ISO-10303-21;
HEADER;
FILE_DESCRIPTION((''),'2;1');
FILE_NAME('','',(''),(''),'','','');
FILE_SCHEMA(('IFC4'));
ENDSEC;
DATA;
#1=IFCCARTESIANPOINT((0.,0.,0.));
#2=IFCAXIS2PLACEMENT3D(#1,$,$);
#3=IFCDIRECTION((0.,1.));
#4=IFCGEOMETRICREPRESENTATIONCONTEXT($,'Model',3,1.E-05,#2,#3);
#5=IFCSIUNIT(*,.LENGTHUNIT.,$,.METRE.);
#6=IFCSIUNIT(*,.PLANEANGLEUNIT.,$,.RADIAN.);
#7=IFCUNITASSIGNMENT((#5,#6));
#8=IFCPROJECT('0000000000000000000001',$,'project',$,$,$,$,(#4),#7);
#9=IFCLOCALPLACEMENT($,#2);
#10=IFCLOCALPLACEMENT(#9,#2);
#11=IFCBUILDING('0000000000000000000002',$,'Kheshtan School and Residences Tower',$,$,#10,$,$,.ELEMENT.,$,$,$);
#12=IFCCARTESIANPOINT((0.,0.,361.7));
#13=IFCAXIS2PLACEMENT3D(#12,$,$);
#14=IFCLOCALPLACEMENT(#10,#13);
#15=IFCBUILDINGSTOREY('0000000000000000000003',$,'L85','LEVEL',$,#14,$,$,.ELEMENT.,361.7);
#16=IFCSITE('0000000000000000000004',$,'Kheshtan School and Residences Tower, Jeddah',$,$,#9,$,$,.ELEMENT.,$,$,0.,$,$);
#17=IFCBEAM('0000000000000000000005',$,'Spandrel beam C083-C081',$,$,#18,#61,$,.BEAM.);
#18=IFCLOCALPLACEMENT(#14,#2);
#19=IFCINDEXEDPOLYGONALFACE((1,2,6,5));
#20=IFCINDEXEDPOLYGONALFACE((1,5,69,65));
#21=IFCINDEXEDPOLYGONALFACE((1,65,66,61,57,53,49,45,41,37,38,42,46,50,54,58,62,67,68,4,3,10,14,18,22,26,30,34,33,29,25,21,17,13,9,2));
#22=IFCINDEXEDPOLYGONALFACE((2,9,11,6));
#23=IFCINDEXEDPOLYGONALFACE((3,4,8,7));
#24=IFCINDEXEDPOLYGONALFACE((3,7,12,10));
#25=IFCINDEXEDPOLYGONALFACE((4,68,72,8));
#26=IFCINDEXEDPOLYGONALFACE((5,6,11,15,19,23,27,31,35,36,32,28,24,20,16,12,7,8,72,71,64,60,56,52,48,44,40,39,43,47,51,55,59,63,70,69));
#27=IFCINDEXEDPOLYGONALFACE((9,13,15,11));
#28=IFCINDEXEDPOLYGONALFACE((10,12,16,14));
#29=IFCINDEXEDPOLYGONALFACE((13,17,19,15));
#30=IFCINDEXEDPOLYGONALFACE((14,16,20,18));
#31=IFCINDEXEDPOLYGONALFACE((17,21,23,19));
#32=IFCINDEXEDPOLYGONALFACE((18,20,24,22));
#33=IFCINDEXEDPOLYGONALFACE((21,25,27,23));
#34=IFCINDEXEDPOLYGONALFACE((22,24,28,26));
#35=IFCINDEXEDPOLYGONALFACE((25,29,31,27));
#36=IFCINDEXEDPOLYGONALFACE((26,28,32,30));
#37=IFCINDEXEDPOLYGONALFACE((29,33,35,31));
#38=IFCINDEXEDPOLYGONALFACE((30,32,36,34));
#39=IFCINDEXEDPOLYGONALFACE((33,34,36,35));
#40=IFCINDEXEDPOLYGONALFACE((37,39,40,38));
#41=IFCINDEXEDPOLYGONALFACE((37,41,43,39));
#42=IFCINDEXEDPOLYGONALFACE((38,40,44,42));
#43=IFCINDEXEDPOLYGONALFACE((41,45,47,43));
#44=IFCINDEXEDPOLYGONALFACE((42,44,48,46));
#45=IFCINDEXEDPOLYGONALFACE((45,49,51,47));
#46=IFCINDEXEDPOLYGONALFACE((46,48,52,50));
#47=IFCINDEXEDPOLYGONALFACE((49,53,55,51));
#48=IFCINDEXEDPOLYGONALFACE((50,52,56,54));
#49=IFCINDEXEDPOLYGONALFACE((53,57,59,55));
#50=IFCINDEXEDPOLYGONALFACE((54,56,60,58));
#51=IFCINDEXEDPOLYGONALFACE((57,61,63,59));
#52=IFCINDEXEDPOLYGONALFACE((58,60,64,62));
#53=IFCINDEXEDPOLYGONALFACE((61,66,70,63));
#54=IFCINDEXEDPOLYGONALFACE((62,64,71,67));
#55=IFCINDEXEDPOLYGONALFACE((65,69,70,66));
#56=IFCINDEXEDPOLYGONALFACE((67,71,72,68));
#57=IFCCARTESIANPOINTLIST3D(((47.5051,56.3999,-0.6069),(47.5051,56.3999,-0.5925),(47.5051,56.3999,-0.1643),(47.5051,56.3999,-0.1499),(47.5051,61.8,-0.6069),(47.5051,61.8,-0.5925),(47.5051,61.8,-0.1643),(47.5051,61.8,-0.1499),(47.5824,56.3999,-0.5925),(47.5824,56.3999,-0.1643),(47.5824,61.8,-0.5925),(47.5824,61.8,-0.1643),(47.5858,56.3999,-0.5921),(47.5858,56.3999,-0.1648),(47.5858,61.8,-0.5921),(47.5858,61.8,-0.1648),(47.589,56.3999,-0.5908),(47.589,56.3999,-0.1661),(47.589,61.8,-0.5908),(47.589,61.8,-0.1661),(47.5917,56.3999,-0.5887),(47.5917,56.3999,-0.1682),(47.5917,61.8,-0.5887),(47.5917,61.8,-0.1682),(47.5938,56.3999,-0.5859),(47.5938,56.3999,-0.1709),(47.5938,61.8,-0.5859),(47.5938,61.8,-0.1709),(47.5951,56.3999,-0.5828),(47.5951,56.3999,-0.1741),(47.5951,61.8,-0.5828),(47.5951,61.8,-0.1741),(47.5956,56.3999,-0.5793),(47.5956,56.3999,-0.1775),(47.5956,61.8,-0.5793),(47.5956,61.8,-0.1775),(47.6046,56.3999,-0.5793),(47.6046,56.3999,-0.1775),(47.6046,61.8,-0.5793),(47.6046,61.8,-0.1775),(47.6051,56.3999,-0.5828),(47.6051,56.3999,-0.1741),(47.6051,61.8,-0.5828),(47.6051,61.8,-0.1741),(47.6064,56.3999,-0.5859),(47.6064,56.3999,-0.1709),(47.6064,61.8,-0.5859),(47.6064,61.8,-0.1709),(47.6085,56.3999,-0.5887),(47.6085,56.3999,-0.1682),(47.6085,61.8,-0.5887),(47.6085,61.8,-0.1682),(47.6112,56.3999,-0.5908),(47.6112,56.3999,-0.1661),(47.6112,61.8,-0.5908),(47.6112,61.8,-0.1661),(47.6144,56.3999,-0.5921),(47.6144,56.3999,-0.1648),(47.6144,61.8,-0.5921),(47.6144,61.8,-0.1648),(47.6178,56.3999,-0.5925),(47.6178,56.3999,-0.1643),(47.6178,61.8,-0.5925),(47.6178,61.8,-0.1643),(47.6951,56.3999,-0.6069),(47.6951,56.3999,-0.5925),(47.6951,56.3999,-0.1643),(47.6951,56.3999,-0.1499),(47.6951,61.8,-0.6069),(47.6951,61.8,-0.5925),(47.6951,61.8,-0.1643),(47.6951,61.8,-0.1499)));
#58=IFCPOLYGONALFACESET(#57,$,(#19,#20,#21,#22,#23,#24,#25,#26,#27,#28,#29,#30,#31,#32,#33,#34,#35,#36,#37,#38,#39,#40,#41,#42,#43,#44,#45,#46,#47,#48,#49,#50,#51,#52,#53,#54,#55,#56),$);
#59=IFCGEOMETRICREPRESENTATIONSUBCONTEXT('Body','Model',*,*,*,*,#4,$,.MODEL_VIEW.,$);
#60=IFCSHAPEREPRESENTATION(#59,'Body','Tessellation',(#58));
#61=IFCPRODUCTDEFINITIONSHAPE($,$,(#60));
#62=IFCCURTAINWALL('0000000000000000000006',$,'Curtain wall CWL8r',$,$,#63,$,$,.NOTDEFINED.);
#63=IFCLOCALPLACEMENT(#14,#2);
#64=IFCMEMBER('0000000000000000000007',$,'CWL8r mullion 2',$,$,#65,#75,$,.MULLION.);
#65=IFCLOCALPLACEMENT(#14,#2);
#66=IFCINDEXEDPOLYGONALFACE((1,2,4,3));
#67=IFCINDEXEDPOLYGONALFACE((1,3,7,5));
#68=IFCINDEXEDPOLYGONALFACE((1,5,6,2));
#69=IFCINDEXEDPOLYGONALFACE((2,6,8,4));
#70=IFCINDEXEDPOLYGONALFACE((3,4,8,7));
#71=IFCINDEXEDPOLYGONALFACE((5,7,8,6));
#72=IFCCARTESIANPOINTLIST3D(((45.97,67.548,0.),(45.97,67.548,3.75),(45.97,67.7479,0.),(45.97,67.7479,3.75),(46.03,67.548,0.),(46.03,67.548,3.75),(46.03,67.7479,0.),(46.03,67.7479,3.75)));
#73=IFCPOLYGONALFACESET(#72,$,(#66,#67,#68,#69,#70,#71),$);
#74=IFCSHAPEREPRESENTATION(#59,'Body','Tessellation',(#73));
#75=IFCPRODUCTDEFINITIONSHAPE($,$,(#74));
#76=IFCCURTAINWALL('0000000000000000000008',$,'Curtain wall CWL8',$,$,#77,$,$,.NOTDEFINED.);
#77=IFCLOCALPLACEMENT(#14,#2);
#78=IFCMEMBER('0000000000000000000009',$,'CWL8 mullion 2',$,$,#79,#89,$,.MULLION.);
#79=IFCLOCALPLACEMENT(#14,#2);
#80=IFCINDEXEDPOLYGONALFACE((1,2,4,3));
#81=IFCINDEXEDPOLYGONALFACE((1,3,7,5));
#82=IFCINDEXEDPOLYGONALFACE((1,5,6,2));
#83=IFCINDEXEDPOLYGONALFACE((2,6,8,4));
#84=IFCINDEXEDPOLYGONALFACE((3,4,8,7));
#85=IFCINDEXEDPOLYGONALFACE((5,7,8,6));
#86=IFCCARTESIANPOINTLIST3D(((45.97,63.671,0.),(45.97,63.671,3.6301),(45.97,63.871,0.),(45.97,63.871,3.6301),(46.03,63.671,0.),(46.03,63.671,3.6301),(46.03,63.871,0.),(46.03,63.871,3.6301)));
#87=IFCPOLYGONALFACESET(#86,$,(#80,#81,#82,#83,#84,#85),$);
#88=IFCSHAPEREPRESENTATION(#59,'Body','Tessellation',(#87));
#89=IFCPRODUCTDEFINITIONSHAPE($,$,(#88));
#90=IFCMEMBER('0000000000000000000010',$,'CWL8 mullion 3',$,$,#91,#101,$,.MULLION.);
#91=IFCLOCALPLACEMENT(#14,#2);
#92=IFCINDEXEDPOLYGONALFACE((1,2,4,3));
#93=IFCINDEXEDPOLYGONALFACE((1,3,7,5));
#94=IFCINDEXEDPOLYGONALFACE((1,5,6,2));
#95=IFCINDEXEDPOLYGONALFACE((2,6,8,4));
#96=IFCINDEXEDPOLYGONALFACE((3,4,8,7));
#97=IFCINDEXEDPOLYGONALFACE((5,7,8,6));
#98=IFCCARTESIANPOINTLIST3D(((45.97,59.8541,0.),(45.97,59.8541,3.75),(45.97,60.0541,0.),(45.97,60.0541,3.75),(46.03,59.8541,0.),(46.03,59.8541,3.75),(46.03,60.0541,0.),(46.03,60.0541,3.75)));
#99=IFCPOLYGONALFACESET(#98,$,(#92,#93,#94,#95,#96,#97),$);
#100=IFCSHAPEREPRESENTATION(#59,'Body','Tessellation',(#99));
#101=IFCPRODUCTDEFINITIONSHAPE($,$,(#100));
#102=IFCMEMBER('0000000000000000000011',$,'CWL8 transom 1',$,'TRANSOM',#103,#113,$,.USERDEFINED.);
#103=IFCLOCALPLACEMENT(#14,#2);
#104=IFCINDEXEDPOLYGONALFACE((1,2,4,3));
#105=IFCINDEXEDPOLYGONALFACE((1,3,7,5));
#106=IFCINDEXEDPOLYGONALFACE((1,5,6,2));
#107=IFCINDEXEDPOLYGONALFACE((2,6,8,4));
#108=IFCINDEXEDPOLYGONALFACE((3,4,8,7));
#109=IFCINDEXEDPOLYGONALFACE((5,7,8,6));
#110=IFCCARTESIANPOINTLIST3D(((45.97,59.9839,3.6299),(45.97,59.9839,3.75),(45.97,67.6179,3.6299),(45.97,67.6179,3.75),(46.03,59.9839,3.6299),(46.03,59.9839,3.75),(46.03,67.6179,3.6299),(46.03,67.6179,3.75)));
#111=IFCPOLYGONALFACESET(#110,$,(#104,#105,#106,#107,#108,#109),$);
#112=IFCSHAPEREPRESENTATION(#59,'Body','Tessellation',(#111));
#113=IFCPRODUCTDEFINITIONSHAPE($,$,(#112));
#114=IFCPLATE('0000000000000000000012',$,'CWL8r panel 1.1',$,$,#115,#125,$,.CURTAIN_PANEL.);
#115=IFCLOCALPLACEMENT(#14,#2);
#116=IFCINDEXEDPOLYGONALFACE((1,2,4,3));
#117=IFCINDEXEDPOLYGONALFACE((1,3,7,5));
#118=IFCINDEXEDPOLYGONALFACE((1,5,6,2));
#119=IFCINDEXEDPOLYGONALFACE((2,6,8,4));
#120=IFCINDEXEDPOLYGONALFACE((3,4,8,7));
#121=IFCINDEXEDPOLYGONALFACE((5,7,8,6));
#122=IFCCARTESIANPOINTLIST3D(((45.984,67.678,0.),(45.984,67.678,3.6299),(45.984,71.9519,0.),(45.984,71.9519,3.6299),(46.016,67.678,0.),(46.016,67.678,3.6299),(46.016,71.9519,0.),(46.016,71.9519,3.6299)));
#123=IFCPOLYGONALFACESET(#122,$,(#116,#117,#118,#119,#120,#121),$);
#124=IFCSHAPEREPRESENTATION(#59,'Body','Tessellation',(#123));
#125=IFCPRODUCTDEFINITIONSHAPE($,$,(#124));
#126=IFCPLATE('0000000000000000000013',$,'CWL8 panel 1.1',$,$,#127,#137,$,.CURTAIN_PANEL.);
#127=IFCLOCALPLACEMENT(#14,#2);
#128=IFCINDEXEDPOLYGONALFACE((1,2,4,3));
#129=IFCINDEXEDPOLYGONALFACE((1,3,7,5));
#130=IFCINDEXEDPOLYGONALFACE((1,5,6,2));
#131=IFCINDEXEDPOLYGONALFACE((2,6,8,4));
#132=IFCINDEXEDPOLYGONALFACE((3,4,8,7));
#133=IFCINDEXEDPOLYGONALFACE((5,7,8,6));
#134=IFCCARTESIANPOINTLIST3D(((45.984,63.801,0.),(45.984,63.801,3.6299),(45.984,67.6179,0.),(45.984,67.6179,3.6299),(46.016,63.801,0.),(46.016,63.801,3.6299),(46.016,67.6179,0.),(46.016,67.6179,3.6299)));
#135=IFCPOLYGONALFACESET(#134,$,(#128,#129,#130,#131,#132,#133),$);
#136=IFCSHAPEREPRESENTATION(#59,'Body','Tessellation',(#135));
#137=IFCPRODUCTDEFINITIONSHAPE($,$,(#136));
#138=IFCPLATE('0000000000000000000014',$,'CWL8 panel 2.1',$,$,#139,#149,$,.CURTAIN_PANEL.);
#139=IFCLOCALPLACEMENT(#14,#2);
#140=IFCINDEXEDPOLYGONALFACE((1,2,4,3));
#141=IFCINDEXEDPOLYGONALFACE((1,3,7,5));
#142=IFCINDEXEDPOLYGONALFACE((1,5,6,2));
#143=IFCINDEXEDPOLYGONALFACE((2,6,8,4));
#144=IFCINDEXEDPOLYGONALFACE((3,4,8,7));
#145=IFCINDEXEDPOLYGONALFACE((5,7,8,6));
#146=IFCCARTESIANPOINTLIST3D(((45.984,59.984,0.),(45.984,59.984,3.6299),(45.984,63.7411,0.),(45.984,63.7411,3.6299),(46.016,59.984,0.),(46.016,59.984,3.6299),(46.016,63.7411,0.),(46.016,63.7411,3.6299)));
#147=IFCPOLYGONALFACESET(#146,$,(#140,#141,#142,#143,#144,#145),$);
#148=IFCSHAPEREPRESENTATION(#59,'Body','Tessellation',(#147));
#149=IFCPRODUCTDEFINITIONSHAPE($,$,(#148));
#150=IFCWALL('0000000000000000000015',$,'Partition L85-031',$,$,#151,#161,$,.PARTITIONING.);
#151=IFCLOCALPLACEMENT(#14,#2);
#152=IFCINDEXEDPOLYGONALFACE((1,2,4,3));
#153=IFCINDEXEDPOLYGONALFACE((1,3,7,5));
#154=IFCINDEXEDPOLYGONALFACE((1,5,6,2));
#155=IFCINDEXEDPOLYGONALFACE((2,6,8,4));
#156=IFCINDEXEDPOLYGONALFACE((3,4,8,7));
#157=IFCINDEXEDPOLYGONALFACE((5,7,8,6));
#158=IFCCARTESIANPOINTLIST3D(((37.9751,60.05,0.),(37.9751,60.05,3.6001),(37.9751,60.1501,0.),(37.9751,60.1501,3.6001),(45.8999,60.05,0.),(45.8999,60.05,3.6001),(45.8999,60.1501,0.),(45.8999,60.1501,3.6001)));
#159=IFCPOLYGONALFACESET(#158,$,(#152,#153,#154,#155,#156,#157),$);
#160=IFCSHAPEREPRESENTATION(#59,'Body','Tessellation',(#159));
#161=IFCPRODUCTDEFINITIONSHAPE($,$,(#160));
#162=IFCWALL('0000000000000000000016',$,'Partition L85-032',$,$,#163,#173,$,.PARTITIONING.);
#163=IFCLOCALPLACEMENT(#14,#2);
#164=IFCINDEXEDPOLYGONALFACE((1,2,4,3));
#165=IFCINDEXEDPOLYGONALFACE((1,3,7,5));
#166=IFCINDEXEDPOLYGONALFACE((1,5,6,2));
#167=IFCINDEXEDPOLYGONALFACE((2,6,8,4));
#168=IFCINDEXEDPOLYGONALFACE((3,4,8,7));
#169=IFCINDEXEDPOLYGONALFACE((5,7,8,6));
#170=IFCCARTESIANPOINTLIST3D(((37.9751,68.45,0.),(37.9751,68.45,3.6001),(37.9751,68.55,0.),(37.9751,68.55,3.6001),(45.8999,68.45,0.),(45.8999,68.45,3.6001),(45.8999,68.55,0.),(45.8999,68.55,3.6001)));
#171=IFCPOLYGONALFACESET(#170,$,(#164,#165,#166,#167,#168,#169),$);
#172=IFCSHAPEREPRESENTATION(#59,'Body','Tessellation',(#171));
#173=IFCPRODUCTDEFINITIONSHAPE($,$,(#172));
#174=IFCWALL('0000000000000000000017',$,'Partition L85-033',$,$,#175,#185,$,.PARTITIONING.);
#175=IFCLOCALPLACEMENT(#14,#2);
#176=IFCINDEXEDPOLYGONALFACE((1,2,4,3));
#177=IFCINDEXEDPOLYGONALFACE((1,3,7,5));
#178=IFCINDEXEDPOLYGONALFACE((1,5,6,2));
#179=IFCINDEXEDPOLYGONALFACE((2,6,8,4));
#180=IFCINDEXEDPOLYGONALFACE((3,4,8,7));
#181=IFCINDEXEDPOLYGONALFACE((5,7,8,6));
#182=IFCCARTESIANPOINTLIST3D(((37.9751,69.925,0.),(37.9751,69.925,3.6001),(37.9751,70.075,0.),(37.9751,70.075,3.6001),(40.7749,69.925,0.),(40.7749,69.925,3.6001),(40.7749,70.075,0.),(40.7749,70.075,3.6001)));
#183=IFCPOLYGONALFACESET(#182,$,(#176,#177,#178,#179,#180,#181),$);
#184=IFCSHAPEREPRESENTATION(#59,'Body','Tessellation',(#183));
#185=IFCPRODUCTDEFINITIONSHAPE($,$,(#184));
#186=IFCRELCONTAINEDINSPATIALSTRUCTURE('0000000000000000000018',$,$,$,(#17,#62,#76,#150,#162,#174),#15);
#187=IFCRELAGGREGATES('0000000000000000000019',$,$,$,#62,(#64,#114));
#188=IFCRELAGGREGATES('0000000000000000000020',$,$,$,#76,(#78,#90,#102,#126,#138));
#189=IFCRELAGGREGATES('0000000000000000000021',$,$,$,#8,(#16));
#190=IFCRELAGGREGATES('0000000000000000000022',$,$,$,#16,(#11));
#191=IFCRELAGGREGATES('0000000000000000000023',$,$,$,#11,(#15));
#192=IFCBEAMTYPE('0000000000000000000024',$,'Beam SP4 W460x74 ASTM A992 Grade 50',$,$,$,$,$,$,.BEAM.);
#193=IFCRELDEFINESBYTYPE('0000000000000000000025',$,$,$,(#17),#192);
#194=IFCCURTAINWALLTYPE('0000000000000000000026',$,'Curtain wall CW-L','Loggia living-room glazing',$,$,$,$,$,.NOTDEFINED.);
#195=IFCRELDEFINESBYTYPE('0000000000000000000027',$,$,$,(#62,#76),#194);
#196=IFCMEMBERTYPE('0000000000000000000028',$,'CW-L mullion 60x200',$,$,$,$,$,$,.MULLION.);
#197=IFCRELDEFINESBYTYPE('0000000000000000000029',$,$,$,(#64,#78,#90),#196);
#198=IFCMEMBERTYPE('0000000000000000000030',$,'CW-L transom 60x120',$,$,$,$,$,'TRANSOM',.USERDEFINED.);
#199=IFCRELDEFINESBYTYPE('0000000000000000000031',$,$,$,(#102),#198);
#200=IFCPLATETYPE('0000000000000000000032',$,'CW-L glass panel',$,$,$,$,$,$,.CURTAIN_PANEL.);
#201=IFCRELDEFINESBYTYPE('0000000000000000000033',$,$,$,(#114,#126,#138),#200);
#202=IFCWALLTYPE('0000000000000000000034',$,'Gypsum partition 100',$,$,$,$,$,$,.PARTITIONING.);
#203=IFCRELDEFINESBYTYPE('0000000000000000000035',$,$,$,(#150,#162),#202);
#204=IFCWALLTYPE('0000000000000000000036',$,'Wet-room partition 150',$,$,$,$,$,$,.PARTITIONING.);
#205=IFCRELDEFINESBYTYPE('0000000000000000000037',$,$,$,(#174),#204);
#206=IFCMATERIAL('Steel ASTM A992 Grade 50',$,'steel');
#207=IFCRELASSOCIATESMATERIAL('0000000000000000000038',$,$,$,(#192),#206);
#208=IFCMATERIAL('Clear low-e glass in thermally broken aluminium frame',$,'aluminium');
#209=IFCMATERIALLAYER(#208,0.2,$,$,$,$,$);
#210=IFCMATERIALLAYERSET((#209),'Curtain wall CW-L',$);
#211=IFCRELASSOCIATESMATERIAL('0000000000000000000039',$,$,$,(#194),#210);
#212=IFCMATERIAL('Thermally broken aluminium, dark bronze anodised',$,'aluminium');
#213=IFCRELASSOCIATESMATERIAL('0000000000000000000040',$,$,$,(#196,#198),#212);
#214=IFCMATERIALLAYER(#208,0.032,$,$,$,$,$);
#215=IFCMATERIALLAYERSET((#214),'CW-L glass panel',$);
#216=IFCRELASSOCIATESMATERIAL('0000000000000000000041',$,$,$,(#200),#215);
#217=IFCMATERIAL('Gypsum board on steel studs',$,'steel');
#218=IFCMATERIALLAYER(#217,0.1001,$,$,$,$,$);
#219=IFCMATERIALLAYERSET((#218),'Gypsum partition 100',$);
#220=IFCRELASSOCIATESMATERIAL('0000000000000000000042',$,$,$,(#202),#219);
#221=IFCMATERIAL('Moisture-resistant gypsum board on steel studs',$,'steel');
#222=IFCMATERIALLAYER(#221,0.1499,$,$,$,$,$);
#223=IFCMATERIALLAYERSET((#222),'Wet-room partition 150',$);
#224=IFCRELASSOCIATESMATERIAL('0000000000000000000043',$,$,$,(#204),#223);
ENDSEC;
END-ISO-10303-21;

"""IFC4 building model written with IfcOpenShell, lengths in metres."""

from ifc_helpers import new_model, si_unit, direction, frame, frame_2d, origin, origin_2d, place, context, subcontext, project, spatial, rectangle, i_section, extrude, material, layer, layer_set, material_profile, profile_set, type_object, element, aggregate, save


model = new_model("IFC4")

# Units and contexts
model_context = context("Model", 3, precision=1e-05, world=origin(), true_north=direction((0.0, 1.0)))
body_context = subcontext(model_context, "Body", "Model", "MODEL_VIEW")
ifc_project = project(units=[si_unit("LENGTHUNIT", "METRE"), si_unit("PLANEANGLEUNIT", "RADIAN")], contexts=[model_context])

# Site, building, storey
site_placement = place(None, origin())
site = spatial("IfcSite", under=ifc_project, at=site_placement, Name="Kheshtan School and Residences Tower, Jeddah", CompositionType="ELEMENT", RefElevation=0.0)
building_placement = place(site_placement, origin())
building = spatial("IfcBuilding", under=site, at=building_placement, Name="Kheshtan School and Residences Tower", CompositionType="ELEMENT")
storey_placement = place(building_placement, frame((0.0, 0.0, 361.7)))
storey = spatial("IfcBuildingStorey", under=building, at=storey_placement, Name="L85", Description="LEVEL", CompositionType="ELEMENT", Elevation=361.7)

# Shared definitions
ifc_material_1 = material(Name="Steel ASTM A992 Grade 50", Category="steel")

# Beam
ifc_material_profile_1 = material_profile(ifc_material_1, i_section(OverallWidth=0.1899, OverallDepth=0.457, WebThickness=0.009, FlangeThickness=0.0144, FilletRadius=0.0132, at=origin_2d()), Name="W460x74")
ifc_profile_set_1 = profile_set([ifc_material_profile_1], Name="Steel ASTM A992 Grade 50")
beam_type_1 = type_object("IfcBeamType", Name="Beam SP4 W460x74 ASTM A992 Grade 50", PredefinedType="BEAM", material=ifc_profile_set_1)
beam_1_placement = place(storey_placement, frame((47.6001, 61.8, -0.3784), z_axis=(0.0, -1.0, 0.0), x_axis=(1.0, 0.0, 0.0)))
element("IfcBeam", 1, at=beam_1_placement, inside=storey, type_object=beam_type_1, Name="Spandrel beam C083-C081", PredefinedType="BEAM", context=body_context, shape_type="SweptSolid", body=[
    extrude(i_section(OverallWidth=0.1899, OverallDepth=0.457, WebThickness=0.009, FlangeThickness=0.0144, FilletRadius=0.0132, at=origin_2d()), origin(), (0.0, 0.0, 1.0), 5.4001),
])

# Curtain wall, member
ifc_material_2 = material(Name="Clear low-e glass in thermally broken aluminium frame", Category="aluminium")
ifc_layer_1 = layer(ifc_material_2, 0.2)
ifc_layer_set_1 = layer_set([ifc_layer_1], Name="Curtain wall CW-L")
curtain_wall_type = type_object("IfcCurtainWallType", Name="Curtain wall CW-L", Description="Loggia living-room glazing", PredefinedType="NOTDEFINED", material=ifc_layer_set_1)
curtain_wall_1_placement = place(storey_placement, origin())
curtain_wall_1 = element("IfcCurtainWall", 2, at=curtain_wall_1_placement, inside=storey, type_object=curtain_wall_type, Name="Curtain wall CWL8r", PredefinedType="NOTDEFINED")
ifc_material_3 = material(Name="Thermally broken aluminium, dark bronze anodised", Category="aluminium")
ifc_material_profile_2 = material_profile(ifc_material_3, rectangle(XDim=0.0601, YDim=0.2, at=origin_2d()), Name="CW-L mullion 60x200")
ifc_profile_set_2 = profile_set([ifc_material_profile_2], Name="Thermally broken aluminium, dark bronze anodised")
member_type_1 = type_object("IfcMemberType", Name="CW-L mullion 60x200", PredefinedType="MULLION", material=ifc_profile_set_2)
member_1_placement = place(storey_placement, frame((46.0, 67.6479, 0.0), z_axis=(0.0, 0.0, 1.0), x_axis=(1.0, 0.0, 0.0)))
member_1 = element("IfcMember", 3, at=member_1_placement, type_object=member_type_1, Name="CWL8r mullion 2", PredefinedType="MULLION", context=body_context, shape_type="SweptSolid", body=[
    extrude(rectangle(XDim=0.0601, YDim=0.2, at=origin_2d()), origin(), (0.0, 0.0, 1.0), 3.75),
])

# Curtain wall, members
curtain_wall_2_placement = place(storey_placement, origin())
curtain_wall_2 = element("IfcCurtainWall", 4, at=curtain_wall_2_placement, inside=storey, type_object=curtain_wall_type, Name="Curtain wall CWL8", PredefinedType="NOTDEFINED")
member_2_placement = place(storey_placement, frame((46.0, 63.771, 0.0), z_axis=(0.0, 0.0, 1.0), x_axis=(1.0, 0.0, 0.0)))
member_2 = element("IfcMember", 5, at=member_2_placement, type_object=member_type_1, Name="CWL8 mullion 2", PredefinedType="MULLION", context=body_context, shape_type="SweptSolid", body=[
    extrude(rectangle(XDim=0.0601, YDim=0.2, at=origin_2d()), origin(), (0.0, 0.0, 1.0), 3.6301),
])
member_3_placement = place(storey_placement, frame((46.0, 59.9541, 0.0), z_axis=(0.0, 0.0, 1.0), x_axis=(1.0, 0.0, 0.0)))
member_3 = element("IfcMember", 6, at=member_3_placement, type_object=member_type_1, Name="CWL8 mullion 3", PredefinedType="MULLION", context=body_context, shape_type="SweptSolid", body=[
    extrude(rectangle(XDim=0.0601, YDim=0.2, at=origin_2d()), origin(), (0.0, 0.0, 1.0), 3.75),
])
ifc_material_profile_3 = material_profile(ifc_material_3, rectangle(XDim=0.0601, YDim=0.1201, at=origin_2d()), Name="CW-L transom 60x120")
ifc_profile_set_3 = profile_set([ifc_material_profile_3], Name="Thermally broken aluminium, dark bronze anodised")
member_type_2 = type_object("IfcMemberType", Name="CW-L transom 60x120", ElementType="TRANSOM", PredefinedType="USERDEFINED", material=ifc_profile_set_3)
member_4_placement = place(storey_placement, frame((46.0, 67.6179, 3.6899), z_axis=(0.0, -1.0, 0.0), x_axis=(1.0, 0.0, 0.0)))
member_4 = element("IfcMember", 7, at=member_4_placement, type_object=member_type_2, Name="CWL8 transom 1", ObjectType="TRANSOM", PredefinedType="USERDEFINED", context=body_context, shape_type="SweptSolid", body=[
    extrude(rectangle(XDim=0.0601, YDim=0.1201, at=origin_2d()), origin(), (0.0, 0.0, 1.0), 7.634),
])

# Plates
ifc_layer_2 = layer(ifc_material_2, 0.032)
ifc_layer_set_2 = layer_set([ifc_layer_2], Name="CW-L glass panel")
plate_type = type_object("IfcPlateType", Name="CW-L glass panel", PredefinedType="CURTAIN_PANEL", material=ifc_layer_set_2)
plate_1_placement = place(storey_placement, frame((46.0, 69.8149, 0.0), z_axis=(0.0, 0.0, 1.0), x_axis=(0.0, -1.0, 0.0)))
plate_1 = element("IfcPlate", 8, at=plate_1_placement, type_object=plate_type, Name="CWL8r panel 1.1", PredefinedType="CURTAIN_PANEL", context=body_context, shape_type="SweptSolid", body=[
    extrude(rectangle(XDim=4.2739, YDim=0.032, at=origin_2d()), origin(), (0.0, 0.0, 1.0), 3.6299),
])
aggregate(curtain_wall_1, [member_1, plate_1])
plate_2_placement = place(storey_placement, frame((46.0, 65.7095, 0.0), z_axis=(0.0, 0.0, 1.0), x_axis=(0.0, -1.0, 0.0)))
plate_2 = element("IfcPlate", 9, at=plate_2_placement, type_object=plate_type, Name="CWL8 panel 1.1", PredefinedType="CURTAIN_PANEL", context=body_context, shape_type="SweptSolid", body=[
    extrude(rectangle(XDim=3.8169, YDim=0.032, at=origin_2d()), origin(), (0.0, 0.0, 1.0), 3.6299),
])
plate_3_placement = place(storey_placement, frame((46.0, 61.8625, 0.0), z_axis=(0.0, 0.0, 1.0), x_axis=(0.0, -1.0, 0.0)))
plate_3 = element("IfcPlate", 10, at=plate_3_placement, type_object=plate_type, Name="CWL8 panel 2.1", PredefinedType="CURTAIN_PANEL", context=body_context, shape_type="SweptSolid", body=[
    extrude(rectangle(XDim=3.7571, YDim=0.032, at=origin_2d()), origin(), (0.0, 0.0, 1.0), 3.6299),
])
aggregate(curtain_wall_2, [member_2, member_3, member_4, plate_2, plate_3])

# Walls
ifc_material_4 = material(Name="Gypsum board on steel studs", Category="steel")
ifc_layer_3 = layer(ifc_material_4, 0.1001)
ifc_layer_set_3 = layer_set([ifc_layer_3], Name="Gypsum partition 100")
wall_type_1 = type_object("IfcWallType", Name="Gypsum partition 100", PredefinedType="PARTITIONING", material=ifc_layer_set_3)
for number, where, z_axis, x_axis, name in (
    (11, (37.9751, 60.1001, 0.0), (0.0, 0.0, 1.0), (1.0, 0.0, 0.0), "Partition L85-031"),
    (12, (37.9751, 68.5, 0.0), (0.0, 0.0, 1.0), (1.0, 0.0, 0.0), "Partition L85-032"),
):
    element("IfcWall", number, at=place(storey_placement, frame(where, z_axis=z_axis, x_axis=x_axis)), inside=storey, type_object=wall_type_1, Name=name, PredefinedType="PARTITIONING", context=body_context, shape_type="SweptSolid", body=[
        extrude(rectangle(XDim=7.9248, YDim=0.1001, at=frame_2d((3.9624, 0.0))), origin(), (0.0, 0.0, 1.0), 3.6001),
    ])
ifc_material_5 = material(Name="Moisture-resistant gypsum board on steel studs", Category="steel")
ifc_layer_4 = layer(ifc_material_5, 0.1499)
ifc_layer_set_4 = layer_set([ifc_layer_4], Name="Wet-room partition 150")
wall_type_2 = type_object("IfcWallType", Name="Wet-room partition 150", PredefinedType="PARTITIONING", material=ifc_layer_set_4)
wall_placement = place(storey_placement, frame((37.9751, 70.0, 0.0), z_axis=(0.0, 0.0, 1.0), x_axis=(1.0, 0.0, 0.0)))
element("IfcWall", 13, at=wall_placement, inside=storey, type_object=wall_type_2, Name="Partition L85-033", PredefinedType="PARTITIONING", context=body_context, shape_type="SweptSolid", body=[
    extrude(rectangle(XDim=2.7998, YDim=0.1499, at=frame_2d((1.3999, 0.0))), origin(), (0.0, 0.0, 1.0), 3.6001),
])

save(model, "model.ifc")
